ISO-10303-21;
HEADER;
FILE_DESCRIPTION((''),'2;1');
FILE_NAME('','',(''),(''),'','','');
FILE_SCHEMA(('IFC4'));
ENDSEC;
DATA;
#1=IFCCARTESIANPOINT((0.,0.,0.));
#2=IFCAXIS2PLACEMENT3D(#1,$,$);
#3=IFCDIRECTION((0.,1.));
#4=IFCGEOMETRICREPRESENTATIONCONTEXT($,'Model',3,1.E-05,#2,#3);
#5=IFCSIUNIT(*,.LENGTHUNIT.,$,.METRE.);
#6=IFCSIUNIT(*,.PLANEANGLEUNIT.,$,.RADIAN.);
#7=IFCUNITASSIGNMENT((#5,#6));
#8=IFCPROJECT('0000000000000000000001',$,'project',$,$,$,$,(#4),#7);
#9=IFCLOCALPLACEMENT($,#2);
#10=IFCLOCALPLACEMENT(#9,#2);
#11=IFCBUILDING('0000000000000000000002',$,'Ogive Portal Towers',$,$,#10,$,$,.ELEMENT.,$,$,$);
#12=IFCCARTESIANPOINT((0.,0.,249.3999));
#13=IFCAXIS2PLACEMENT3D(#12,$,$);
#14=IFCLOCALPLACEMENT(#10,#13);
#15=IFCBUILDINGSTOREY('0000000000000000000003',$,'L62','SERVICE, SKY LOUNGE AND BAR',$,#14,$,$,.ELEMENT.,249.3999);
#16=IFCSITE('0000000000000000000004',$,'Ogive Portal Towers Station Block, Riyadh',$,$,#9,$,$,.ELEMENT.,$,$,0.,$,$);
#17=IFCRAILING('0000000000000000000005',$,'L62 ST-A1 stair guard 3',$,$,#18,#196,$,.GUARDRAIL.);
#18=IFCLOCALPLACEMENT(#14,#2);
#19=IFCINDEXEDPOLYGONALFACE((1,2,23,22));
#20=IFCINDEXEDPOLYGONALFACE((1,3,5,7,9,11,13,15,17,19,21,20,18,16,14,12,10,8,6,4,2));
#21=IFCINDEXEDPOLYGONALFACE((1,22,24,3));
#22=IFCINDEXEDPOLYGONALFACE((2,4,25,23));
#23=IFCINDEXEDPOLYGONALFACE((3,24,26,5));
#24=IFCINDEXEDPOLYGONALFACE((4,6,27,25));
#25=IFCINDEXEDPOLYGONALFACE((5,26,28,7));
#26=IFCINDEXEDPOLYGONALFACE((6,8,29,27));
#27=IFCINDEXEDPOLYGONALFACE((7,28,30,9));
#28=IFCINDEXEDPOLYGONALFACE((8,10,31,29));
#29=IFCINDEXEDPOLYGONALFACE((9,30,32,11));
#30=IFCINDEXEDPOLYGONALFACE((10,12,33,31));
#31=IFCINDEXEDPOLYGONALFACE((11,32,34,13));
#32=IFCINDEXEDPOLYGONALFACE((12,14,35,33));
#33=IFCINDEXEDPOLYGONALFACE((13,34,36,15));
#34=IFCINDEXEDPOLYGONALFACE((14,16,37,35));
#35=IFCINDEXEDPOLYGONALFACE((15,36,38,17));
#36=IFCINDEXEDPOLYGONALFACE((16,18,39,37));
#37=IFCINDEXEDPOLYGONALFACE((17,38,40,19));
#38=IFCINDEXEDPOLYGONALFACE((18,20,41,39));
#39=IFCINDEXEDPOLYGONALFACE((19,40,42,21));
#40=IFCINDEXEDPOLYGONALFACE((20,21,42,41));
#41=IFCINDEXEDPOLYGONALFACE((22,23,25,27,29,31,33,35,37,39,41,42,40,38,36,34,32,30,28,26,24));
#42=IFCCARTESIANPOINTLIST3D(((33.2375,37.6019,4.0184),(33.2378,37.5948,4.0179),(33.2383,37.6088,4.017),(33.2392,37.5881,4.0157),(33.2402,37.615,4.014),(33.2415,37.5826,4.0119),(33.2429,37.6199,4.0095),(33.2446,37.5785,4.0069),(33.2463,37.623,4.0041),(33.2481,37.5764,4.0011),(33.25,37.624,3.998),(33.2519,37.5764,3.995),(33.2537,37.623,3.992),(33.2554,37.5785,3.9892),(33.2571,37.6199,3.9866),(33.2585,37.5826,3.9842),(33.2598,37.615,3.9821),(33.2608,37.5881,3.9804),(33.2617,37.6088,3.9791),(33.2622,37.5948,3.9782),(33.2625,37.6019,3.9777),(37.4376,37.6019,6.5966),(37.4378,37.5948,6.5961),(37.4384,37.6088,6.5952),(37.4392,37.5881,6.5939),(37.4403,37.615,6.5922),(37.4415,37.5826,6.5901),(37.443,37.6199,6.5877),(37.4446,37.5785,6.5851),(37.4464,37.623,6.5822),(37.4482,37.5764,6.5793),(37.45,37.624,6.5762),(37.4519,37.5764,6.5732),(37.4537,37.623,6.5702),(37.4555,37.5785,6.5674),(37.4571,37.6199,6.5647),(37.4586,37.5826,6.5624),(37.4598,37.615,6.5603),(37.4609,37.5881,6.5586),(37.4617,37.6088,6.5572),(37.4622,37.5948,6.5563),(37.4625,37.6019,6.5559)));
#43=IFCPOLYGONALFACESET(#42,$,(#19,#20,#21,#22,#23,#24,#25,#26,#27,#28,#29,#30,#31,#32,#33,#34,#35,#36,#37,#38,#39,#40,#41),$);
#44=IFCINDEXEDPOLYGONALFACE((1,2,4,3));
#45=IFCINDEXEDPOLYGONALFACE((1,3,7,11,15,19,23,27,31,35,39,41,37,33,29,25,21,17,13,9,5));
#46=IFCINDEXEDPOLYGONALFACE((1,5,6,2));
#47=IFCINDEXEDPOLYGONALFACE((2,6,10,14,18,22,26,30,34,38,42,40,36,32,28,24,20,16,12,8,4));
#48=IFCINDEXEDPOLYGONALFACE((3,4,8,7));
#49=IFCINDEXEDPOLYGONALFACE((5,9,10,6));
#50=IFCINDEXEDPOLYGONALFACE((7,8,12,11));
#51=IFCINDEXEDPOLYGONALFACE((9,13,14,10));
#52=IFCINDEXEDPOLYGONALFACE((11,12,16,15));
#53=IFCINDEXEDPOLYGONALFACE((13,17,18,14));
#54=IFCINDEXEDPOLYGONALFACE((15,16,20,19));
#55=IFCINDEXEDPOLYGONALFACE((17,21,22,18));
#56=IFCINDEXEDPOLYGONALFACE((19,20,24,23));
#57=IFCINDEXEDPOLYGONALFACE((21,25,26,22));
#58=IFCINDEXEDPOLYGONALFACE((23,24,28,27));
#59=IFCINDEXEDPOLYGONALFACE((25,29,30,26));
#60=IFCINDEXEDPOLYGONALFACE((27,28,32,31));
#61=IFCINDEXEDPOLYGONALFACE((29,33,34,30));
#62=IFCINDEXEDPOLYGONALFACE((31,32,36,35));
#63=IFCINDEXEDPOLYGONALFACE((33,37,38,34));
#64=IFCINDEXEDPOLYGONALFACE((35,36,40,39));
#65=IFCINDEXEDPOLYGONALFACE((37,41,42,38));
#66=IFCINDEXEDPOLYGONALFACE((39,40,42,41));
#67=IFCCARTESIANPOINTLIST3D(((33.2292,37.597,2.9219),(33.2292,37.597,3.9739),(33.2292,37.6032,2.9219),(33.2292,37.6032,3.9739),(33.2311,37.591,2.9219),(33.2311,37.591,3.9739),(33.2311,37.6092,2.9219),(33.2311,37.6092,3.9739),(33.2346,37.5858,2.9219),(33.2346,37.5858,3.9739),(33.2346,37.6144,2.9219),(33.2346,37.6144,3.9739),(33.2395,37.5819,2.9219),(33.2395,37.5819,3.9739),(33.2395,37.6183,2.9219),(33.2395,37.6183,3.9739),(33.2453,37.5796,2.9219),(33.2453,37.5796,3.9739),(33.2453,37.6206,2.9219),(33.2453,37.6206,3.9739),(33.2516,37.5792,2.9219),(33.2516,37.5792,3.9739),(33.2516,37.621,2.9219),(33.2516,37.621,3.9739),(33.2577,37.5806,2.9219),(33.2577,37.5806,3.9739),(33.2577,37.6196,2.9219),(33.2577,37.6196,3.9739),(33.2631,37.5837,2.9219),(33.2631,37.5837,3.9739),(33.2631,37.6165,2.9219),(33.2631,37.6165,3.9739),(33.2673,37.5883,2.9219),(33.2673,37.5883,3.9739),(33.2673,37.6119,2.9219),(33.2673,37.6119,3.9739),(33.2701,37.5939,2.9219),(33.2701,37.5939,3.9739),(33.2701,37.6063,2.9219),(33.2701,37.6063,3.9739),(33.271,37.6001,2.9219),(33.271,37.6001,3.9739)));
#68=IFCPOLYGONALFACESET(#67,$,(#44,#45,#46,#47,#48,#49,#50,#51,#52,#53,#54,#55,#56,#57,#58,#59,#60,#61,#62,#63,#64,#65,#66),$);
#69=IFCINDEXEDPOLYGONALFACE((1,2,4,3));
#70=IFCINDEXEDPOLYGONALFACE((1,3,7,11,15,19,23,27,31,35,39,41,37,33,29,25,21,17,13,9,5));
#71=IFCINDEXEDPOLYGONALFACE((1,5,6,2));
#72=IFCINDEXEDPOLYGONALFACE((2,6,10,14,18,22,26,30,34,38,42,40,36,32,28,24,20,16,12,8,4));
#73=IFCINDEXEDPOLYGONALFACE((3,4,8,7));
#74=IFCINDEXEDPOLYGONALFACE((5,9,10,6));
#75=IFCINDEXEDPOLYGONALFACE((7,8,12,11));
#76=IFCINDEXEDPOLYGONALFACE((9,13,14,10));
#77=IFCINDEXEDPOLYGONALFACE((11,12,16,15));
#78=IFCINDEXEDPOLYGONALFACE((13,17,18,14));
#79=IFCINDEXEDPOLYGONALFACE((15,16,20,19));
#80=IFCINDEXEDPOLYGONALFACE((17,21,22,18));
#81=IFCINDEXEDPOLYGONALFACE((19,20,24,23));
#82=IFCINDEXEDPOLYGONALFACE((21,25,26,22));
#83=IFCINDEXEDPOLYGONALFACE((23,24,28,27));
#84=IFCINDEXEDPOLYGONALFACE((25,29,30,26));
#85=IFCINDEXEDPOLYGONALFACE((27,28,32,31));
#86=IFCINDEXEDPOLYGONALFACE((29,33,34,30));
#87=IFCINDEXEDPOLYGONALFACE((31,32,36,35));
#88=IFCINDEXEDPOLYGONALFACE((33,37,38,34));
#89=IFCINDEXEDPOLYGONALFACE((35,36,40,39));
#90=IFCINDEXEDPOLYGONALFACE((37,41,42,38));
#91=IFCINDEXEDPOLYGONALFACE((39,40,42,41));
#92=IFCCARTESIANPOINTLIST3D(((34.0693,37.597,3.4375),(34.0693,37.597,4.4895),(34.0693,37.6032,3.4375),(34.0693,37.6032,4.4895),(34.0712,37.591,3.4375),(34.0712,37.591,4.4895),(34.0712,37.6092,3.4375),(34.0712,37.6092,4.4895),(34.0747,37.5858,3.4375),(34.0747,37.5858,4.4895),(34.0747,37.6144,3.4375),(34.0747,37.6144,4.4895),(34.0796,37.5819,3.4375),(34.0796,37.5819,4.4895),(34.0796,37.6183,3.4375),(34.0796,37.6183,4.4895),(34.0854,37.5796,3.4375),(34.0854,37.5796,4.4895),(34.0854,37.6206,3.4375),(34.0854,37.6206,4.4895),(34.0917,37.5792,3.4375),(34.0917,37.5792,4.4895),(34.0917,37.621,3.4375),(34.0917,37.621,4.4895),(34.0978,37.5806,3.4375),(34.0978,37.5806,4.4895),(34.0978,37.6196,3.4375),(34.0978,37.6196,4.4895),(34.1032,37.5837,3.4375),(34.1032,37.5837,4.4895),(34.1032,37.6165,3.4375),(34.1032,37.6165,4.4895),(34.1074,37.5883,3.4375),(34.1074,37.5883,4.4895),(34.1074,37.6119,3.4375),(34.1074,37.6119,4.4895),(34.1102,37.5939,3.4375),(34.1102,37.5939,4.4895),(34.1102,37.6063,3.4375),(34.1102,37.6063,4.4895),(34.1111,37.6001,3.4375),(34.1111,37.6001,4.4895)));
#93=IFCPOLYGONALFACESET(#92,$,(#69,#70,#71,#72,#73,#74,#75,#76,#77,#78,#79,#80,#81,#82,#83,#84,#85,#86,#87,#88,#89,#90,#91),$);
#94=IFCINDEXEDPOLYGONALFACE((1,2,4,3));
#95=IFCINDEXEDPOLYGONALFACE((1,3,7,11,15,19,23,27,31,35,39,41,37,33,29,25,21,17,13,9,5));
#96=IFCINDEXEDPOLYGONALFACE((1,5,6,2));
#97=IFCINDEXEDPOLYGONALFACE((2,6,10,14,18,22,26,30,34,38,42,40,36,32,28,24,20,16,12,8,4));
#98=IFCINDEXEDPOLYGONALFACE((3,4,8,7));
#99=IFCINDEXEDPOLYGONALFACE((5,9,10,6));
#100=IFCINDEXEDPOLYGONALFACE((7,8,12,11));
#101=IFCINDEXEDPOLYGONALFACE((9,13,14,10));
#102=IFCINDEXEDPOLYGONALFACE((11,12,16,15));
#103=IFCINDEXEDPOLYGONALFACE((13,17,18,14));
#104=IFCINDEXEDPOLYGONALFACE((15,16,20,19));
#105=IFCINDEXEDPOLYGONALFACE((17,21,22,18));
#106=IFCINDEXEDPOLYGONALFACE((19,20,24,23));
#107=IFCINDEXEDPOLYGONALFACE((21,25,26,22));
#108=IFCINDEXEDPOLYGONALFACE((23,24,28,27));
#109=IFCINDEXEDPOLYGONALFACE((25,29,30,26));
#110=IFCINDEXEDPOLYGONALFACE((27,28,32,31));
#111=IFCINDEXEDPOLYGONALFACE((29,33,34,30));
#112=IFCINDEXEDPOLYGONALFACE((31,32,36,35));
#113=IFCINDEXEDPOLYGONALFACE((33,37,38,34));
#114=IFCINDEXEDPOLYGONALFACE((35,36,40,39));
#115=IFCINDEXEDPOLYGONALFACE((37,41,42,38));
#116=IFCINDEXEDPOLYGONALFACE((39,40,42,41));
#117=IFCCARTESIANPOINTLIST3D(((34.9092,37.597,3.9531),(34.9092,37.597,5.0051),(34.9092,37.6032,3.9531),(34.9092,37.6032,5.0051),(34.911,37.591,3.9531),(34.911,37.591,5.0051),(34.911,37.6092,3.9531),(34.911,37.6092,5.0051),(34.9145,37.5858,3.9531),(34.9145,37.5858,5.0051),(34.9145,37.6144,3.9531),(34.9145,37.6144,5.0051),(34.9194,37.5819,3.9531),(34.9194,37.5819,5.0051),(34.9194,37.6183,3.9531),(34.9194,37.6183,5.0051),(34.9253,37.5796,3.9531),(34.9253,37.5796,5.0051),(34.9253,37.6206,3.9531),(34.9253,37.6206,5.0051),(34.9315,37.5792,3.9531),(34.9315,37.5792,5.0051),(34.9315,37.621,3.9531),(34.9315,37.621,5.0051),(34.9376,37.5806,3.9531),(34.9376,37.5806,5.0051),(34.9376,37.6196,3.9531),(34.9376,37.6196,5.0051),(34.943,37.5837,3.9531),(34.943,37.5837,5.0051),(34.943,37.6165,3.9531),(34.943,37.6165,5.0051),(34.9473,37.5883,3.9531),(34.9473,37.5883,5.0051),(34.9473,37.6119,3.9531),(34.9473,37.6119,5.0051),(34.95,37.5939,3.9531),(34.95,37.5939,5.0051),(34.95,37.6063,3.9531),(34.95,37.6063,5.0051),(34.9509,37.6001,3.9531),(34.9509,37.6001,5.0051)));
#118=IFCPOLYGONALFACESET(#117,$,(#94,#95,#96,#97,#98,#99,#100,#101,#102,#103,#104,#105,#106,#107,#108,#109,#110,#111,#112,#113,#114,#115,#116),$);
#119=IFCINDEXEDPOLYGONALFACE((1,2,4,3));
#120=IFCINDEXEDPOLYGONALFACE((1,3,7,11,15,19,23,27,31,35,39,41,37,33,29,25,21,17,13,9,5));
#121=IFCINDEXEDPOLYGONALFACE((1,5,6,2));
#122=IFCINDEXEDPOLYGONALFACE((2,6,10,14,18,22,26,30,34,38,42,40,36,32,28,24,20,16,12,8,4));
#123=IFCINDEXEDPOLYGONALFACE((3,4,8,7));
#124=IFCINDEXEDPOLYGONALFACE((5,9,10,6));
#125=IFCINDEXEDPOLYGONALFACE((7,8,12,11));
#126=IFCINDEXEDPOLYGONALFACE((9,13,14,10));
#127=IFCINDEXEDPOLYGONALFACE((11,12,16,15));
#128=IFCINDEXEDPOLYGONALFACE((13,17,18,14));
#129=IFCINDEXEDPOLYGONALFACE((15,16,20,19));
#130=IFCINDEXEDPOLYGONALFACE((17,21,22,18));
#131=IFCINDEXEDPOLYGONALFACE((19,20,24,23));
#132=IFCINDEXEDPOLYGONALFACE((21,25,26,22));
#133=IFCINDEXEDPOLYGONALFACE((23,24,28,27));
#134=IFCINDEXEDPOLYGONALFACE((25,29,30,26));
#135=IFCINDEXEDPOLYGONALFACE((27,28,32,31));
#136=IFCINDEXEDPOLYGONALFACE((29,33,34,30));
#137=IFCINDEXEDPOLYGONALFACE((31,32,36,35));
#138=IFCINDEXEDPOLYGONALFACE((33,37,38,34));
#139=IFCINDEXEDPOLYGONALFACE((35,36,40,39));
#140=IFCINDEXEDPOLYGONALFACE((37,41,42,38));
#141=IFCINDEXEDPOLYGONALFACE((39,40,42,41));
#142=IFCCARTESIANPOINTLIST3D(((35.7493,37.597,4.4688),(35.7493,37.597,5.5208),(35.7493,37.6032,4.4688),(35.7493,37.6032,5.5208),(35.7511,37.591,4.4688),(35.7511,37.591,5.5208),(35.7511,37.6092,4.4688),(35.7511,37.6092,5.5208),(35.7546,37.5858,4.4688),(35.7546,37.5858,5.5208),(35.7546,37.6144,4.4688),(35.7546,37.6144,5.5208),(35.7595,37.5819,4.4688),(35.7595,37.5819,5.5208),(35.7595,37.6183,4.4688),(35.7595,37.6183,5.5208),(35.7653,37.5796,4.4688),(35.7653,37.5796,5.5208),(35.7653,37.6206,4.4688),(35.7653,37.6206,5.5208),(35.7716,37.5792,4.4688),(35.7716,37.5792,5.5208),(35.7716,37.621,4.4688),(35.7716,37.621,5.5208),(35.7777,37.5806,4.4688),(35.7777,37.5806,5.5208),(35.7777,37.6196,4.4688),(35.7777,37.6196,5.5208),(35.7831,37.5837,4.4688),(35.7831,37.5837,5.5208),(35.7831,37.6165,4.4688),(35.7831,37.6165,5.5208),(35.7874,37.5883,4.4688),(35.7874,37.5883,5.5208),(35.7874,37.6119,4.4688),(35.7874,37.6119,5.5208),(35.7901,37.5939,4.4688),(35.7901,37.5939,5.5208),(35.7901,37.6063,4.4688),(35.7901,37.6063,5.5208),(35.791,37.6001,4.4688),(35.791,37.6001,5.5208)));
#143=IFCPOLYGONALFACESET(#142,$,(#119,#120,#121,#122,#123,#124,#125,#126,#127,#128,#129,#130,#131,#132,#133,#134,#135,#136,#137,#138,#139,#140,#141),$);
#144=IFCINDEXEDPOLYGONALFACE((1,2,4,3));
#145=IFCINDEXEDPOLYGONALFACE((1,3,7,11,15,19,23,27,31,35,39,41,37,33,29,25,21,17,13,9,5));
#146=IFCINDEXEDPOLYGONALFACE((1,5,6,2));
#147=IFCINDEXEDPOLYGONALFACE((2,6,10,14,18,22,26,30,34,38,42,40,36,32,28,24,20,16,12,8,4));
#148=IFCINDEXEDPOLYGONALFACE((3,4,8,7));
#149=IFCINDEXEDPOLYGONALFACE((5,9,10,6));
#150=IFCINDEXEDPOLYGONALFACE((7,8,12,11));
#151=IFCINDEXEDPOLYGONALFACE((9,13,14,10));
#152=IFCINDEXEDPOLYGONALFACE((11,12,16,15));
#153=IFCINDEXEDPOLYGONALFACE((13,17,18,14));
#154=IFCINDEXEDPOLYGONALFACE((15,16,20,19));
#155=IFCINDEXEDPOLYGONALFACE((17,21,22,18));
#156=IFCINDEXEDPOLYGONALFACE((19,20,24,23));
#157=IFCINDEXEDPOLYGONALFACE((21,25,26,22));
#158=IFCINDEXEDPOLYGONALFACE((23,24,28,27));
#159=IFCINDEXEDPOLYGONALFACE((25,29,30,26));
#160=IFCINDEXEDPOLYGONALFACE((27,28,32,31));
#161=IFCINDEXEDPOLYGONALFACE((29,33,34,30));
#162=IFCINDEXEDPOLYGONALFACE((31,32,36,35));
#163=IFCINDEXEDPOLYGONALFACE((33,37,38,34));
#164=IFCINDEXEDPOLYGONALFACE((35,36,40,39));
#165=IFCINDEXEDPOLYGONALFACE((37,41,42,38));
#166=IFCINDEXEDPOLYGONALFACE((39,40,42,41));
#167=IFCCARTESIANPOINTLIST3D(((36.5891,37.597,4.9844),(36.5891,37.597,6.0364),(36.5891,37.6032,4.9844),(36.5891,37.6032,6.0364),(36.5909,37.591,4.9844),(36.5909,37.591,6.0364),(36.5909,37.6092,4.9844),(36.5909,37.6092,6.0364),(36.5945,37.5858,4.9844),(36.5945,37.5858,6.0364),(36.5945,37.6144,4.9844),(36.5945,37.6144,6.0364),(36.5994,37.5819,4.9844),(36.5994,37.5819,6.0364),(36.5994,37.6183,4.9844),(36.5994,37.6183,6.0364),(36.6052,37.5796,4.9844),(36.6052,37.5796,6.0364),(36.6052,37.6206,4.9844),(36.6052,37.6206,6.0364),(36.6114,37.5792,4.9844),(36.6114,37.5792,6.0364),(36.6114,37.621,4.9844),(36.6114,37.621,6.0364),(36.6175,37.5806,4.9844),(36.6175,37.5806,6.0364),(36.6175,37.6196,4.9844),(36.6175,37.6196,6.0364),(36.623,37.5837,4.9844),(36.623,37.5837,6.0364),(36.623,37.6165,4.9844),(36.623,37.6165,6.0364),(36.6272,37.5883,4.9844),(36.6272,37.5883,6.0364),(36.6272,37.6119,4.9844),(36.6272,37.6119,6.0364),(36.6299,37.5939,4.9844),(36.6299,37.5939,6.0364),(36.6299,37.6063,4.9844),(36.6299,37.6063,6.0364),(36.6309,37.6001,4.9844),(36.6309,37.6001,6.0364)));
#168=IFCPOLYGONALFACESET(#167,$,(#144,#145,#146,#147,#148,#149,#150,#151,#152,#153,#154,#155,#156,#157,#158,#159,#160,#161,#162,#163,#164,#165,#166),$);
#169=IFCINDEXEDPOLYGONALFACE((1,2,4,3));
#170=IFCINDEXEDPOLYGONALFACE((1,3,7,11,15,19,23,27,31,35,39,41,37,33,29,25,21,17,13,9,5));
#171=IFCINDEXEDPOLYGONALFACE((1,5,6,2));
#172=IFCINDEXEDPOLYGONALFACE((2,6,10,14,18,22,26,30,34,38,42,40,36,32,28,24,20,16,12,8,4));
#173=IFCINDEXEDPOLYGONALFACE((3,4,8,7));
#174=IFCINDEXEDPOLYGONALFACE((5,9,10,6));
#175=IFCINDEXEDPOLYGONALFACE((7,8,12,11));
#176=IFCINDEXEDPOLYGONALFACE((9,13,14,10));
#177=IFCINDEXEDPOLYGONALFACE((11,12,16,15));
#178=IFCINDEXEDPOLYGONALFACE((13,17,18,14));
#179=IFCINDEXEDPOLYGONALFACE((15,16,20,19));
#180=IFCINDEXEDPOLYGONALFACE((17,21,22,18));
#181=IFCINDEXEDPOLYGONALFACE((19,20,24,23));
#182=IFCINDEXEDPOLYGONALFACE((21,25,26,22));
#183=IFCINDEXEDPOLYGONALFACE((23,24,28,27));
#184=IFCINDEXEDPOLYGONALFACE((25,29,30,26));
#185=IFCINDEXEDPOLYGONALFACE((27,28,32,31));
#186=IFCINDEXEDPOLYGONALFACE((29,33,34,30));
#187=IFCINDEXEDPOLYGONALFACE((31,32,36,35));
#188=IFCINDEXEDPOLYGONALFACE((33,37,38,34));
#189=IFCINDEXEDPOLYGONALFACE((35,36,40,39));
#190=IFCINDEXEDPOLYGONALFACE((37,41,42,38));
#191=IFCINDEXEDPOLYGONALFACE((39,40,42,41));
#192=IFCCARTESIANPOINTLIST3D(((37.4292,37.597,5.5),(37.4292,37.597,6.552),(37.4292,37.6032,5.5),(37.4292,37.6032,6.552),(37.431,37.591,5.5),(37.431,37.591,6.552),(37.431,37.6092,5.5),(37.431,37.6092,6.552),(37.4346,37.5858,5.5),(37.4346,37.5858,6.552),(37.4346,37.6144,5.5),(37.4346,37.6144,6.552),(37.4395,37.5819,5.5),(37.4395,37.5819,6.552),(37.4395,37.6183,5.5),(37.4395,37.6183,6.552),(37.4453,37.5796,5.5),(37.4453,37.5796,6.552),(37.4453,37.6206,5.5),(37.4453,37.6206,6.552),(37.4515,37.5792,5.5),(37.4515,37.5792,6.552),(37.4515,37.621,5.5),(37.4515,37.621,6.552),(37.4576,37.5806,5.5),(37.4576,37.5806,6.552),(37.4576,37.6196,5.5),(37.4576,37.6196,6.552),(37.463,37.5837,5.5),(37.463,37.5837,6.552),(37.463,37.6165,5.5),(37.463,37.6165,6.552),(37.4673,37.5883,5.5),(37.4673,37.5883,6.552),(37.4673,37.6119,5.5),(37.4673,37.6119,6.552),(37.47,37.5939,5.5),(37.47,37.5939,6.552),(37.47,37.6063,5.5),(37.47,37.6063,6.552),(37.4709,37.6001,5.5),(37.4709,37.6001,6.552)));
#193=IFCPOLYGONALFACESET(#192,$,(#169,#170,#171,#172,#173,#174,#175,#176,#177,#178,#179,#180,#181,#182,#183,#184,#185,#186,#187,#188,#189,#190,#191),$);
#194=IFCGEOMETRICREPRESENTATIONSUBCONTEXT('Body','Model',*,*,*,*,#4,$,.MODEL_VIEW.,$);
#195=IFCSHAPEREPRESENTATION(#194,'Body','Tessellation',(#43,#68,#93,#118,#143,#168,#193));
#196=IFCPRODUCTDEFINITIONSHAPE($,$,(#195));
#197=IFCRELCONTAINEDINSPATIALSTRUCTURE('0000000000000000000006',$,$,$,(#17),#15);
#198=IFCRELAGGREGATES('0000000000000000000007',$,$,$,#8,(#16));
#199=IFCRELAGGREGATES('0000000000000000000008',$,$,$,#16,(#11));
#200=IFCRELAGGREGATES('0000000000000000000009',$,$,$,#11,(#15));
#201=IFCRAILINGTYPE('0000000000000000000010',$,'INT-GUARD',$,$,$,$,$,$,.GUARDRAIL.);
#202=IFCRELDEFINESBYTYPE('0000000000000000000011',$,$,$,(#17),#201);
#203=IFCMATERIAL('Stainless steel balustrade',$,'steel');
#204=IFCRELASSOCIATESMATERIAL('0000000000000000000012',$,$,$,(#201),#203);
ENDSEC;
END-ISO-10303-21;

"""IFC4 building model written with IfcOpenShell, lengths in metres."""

from ifc_helpers import new_model, si_unit, direction, frame, origin, origin_2d, place, context, subcontext, project, spatial, circle, extrude, material, type_object, element, save


model = new_model("IFC4")

# Units and contexts
model_context = context("Model", 3, precision=1e-05, world=origin(), true_north=direction((0.0, 1.0)))
body_context = subcontext(model_context, "Body", "Model", "MODEL_VIEW")
ifc_project = project(units=[si_unit("LENGTHUNIT", "METRE"), si_unit("PLANEANGLEUNIT", "RADIAN")], contexts=[model_context])

# Site, building, storey
site_placement = place(None, origin())
site = spatial("IfcSite", under=ifc_project, at=site_placement, Name="Ogive Portal Towers Station Block, Riyadh", CompositionType="ELEMENT", RefElevation=0.0)
building_placement = place(site_placement, origin())
building = spatial("IfcBuilding", under=site, at=building_placement, Name="Ogive Portal Towers", CompositionType="ELEMENT")
storey_placement = place(building_placement, frame((0.0, 0.0, 249.3999)))
storey = spatial("IfcBuildingStorey", under=building, at=storey_placement, Name="L62", Description="SERVICE, SKY LOUNGE AND BAR", CompositionType="ELEMENT", Elevation=249.3999)

# Railing
ifc_material_1 = material(Name="Stainless steel balustrade", Category="steel")
railing_type_1 = type_object("IfcRailingType", Name="INT-GUARD", PredefinedType="GUARDRAIL", material=ifc_material_1)
railing_1_placement = place(storey_placement, frame((33.25, 37.6001, 2.9219)))
element("IfcRailing", 1, at=railing_1_placement, inside=storey, type_object=railing_type_1, Name="L62 ST-A1 stair guard 3", PredefinedType="GUARDRAIL", context=body_context, shape_type="SweptSolid", body=[
    extrude(circle(Radius=0.0239, at=origin_2d()), frame((0.0, 0.0, 1.0762), z_axis=(0.852243, 0.0, 0.523146), x_axis=(0.0, 1.0, 0.0)), (0.0, 0.0, 1.0), 4.9282),
    extrude(circle(Radius=0.021, at=origin_2d()), origin(), (0.0, 0.0, 1.0), 1.052),
    extrude(circle(Radius=0.021, at=origin_2d()), frame((0.8401, 0.0, 0.5156)), (0.0, 0.0, 1.0), 1.052),
    extrude(circle(Radius=0.021, at=origin_2d()), frame((1.6799, 0.0, 1.0312)), (0.0, 0.0, 1.0), 1.052),
    extrude(circle(Radius=0.021, at=origin_2d()), frame((2.52, 0.0, 1.5469)), (0.0, 0.0, 1.0), 1.052),
    extrude(circle(Radius=0.021, at=origin_2d()), frame((3.3599, 0.0, 2.0625)), (0.0, 0.0, 1.0), 1.052),
    extrude(circle(Radius=0.021, at=origin_2d()), frame((4.2, 0.0, 2.5781)), (0.0, 0.0, 1.0), 1.052),
])

save(model, "model.ifc")
